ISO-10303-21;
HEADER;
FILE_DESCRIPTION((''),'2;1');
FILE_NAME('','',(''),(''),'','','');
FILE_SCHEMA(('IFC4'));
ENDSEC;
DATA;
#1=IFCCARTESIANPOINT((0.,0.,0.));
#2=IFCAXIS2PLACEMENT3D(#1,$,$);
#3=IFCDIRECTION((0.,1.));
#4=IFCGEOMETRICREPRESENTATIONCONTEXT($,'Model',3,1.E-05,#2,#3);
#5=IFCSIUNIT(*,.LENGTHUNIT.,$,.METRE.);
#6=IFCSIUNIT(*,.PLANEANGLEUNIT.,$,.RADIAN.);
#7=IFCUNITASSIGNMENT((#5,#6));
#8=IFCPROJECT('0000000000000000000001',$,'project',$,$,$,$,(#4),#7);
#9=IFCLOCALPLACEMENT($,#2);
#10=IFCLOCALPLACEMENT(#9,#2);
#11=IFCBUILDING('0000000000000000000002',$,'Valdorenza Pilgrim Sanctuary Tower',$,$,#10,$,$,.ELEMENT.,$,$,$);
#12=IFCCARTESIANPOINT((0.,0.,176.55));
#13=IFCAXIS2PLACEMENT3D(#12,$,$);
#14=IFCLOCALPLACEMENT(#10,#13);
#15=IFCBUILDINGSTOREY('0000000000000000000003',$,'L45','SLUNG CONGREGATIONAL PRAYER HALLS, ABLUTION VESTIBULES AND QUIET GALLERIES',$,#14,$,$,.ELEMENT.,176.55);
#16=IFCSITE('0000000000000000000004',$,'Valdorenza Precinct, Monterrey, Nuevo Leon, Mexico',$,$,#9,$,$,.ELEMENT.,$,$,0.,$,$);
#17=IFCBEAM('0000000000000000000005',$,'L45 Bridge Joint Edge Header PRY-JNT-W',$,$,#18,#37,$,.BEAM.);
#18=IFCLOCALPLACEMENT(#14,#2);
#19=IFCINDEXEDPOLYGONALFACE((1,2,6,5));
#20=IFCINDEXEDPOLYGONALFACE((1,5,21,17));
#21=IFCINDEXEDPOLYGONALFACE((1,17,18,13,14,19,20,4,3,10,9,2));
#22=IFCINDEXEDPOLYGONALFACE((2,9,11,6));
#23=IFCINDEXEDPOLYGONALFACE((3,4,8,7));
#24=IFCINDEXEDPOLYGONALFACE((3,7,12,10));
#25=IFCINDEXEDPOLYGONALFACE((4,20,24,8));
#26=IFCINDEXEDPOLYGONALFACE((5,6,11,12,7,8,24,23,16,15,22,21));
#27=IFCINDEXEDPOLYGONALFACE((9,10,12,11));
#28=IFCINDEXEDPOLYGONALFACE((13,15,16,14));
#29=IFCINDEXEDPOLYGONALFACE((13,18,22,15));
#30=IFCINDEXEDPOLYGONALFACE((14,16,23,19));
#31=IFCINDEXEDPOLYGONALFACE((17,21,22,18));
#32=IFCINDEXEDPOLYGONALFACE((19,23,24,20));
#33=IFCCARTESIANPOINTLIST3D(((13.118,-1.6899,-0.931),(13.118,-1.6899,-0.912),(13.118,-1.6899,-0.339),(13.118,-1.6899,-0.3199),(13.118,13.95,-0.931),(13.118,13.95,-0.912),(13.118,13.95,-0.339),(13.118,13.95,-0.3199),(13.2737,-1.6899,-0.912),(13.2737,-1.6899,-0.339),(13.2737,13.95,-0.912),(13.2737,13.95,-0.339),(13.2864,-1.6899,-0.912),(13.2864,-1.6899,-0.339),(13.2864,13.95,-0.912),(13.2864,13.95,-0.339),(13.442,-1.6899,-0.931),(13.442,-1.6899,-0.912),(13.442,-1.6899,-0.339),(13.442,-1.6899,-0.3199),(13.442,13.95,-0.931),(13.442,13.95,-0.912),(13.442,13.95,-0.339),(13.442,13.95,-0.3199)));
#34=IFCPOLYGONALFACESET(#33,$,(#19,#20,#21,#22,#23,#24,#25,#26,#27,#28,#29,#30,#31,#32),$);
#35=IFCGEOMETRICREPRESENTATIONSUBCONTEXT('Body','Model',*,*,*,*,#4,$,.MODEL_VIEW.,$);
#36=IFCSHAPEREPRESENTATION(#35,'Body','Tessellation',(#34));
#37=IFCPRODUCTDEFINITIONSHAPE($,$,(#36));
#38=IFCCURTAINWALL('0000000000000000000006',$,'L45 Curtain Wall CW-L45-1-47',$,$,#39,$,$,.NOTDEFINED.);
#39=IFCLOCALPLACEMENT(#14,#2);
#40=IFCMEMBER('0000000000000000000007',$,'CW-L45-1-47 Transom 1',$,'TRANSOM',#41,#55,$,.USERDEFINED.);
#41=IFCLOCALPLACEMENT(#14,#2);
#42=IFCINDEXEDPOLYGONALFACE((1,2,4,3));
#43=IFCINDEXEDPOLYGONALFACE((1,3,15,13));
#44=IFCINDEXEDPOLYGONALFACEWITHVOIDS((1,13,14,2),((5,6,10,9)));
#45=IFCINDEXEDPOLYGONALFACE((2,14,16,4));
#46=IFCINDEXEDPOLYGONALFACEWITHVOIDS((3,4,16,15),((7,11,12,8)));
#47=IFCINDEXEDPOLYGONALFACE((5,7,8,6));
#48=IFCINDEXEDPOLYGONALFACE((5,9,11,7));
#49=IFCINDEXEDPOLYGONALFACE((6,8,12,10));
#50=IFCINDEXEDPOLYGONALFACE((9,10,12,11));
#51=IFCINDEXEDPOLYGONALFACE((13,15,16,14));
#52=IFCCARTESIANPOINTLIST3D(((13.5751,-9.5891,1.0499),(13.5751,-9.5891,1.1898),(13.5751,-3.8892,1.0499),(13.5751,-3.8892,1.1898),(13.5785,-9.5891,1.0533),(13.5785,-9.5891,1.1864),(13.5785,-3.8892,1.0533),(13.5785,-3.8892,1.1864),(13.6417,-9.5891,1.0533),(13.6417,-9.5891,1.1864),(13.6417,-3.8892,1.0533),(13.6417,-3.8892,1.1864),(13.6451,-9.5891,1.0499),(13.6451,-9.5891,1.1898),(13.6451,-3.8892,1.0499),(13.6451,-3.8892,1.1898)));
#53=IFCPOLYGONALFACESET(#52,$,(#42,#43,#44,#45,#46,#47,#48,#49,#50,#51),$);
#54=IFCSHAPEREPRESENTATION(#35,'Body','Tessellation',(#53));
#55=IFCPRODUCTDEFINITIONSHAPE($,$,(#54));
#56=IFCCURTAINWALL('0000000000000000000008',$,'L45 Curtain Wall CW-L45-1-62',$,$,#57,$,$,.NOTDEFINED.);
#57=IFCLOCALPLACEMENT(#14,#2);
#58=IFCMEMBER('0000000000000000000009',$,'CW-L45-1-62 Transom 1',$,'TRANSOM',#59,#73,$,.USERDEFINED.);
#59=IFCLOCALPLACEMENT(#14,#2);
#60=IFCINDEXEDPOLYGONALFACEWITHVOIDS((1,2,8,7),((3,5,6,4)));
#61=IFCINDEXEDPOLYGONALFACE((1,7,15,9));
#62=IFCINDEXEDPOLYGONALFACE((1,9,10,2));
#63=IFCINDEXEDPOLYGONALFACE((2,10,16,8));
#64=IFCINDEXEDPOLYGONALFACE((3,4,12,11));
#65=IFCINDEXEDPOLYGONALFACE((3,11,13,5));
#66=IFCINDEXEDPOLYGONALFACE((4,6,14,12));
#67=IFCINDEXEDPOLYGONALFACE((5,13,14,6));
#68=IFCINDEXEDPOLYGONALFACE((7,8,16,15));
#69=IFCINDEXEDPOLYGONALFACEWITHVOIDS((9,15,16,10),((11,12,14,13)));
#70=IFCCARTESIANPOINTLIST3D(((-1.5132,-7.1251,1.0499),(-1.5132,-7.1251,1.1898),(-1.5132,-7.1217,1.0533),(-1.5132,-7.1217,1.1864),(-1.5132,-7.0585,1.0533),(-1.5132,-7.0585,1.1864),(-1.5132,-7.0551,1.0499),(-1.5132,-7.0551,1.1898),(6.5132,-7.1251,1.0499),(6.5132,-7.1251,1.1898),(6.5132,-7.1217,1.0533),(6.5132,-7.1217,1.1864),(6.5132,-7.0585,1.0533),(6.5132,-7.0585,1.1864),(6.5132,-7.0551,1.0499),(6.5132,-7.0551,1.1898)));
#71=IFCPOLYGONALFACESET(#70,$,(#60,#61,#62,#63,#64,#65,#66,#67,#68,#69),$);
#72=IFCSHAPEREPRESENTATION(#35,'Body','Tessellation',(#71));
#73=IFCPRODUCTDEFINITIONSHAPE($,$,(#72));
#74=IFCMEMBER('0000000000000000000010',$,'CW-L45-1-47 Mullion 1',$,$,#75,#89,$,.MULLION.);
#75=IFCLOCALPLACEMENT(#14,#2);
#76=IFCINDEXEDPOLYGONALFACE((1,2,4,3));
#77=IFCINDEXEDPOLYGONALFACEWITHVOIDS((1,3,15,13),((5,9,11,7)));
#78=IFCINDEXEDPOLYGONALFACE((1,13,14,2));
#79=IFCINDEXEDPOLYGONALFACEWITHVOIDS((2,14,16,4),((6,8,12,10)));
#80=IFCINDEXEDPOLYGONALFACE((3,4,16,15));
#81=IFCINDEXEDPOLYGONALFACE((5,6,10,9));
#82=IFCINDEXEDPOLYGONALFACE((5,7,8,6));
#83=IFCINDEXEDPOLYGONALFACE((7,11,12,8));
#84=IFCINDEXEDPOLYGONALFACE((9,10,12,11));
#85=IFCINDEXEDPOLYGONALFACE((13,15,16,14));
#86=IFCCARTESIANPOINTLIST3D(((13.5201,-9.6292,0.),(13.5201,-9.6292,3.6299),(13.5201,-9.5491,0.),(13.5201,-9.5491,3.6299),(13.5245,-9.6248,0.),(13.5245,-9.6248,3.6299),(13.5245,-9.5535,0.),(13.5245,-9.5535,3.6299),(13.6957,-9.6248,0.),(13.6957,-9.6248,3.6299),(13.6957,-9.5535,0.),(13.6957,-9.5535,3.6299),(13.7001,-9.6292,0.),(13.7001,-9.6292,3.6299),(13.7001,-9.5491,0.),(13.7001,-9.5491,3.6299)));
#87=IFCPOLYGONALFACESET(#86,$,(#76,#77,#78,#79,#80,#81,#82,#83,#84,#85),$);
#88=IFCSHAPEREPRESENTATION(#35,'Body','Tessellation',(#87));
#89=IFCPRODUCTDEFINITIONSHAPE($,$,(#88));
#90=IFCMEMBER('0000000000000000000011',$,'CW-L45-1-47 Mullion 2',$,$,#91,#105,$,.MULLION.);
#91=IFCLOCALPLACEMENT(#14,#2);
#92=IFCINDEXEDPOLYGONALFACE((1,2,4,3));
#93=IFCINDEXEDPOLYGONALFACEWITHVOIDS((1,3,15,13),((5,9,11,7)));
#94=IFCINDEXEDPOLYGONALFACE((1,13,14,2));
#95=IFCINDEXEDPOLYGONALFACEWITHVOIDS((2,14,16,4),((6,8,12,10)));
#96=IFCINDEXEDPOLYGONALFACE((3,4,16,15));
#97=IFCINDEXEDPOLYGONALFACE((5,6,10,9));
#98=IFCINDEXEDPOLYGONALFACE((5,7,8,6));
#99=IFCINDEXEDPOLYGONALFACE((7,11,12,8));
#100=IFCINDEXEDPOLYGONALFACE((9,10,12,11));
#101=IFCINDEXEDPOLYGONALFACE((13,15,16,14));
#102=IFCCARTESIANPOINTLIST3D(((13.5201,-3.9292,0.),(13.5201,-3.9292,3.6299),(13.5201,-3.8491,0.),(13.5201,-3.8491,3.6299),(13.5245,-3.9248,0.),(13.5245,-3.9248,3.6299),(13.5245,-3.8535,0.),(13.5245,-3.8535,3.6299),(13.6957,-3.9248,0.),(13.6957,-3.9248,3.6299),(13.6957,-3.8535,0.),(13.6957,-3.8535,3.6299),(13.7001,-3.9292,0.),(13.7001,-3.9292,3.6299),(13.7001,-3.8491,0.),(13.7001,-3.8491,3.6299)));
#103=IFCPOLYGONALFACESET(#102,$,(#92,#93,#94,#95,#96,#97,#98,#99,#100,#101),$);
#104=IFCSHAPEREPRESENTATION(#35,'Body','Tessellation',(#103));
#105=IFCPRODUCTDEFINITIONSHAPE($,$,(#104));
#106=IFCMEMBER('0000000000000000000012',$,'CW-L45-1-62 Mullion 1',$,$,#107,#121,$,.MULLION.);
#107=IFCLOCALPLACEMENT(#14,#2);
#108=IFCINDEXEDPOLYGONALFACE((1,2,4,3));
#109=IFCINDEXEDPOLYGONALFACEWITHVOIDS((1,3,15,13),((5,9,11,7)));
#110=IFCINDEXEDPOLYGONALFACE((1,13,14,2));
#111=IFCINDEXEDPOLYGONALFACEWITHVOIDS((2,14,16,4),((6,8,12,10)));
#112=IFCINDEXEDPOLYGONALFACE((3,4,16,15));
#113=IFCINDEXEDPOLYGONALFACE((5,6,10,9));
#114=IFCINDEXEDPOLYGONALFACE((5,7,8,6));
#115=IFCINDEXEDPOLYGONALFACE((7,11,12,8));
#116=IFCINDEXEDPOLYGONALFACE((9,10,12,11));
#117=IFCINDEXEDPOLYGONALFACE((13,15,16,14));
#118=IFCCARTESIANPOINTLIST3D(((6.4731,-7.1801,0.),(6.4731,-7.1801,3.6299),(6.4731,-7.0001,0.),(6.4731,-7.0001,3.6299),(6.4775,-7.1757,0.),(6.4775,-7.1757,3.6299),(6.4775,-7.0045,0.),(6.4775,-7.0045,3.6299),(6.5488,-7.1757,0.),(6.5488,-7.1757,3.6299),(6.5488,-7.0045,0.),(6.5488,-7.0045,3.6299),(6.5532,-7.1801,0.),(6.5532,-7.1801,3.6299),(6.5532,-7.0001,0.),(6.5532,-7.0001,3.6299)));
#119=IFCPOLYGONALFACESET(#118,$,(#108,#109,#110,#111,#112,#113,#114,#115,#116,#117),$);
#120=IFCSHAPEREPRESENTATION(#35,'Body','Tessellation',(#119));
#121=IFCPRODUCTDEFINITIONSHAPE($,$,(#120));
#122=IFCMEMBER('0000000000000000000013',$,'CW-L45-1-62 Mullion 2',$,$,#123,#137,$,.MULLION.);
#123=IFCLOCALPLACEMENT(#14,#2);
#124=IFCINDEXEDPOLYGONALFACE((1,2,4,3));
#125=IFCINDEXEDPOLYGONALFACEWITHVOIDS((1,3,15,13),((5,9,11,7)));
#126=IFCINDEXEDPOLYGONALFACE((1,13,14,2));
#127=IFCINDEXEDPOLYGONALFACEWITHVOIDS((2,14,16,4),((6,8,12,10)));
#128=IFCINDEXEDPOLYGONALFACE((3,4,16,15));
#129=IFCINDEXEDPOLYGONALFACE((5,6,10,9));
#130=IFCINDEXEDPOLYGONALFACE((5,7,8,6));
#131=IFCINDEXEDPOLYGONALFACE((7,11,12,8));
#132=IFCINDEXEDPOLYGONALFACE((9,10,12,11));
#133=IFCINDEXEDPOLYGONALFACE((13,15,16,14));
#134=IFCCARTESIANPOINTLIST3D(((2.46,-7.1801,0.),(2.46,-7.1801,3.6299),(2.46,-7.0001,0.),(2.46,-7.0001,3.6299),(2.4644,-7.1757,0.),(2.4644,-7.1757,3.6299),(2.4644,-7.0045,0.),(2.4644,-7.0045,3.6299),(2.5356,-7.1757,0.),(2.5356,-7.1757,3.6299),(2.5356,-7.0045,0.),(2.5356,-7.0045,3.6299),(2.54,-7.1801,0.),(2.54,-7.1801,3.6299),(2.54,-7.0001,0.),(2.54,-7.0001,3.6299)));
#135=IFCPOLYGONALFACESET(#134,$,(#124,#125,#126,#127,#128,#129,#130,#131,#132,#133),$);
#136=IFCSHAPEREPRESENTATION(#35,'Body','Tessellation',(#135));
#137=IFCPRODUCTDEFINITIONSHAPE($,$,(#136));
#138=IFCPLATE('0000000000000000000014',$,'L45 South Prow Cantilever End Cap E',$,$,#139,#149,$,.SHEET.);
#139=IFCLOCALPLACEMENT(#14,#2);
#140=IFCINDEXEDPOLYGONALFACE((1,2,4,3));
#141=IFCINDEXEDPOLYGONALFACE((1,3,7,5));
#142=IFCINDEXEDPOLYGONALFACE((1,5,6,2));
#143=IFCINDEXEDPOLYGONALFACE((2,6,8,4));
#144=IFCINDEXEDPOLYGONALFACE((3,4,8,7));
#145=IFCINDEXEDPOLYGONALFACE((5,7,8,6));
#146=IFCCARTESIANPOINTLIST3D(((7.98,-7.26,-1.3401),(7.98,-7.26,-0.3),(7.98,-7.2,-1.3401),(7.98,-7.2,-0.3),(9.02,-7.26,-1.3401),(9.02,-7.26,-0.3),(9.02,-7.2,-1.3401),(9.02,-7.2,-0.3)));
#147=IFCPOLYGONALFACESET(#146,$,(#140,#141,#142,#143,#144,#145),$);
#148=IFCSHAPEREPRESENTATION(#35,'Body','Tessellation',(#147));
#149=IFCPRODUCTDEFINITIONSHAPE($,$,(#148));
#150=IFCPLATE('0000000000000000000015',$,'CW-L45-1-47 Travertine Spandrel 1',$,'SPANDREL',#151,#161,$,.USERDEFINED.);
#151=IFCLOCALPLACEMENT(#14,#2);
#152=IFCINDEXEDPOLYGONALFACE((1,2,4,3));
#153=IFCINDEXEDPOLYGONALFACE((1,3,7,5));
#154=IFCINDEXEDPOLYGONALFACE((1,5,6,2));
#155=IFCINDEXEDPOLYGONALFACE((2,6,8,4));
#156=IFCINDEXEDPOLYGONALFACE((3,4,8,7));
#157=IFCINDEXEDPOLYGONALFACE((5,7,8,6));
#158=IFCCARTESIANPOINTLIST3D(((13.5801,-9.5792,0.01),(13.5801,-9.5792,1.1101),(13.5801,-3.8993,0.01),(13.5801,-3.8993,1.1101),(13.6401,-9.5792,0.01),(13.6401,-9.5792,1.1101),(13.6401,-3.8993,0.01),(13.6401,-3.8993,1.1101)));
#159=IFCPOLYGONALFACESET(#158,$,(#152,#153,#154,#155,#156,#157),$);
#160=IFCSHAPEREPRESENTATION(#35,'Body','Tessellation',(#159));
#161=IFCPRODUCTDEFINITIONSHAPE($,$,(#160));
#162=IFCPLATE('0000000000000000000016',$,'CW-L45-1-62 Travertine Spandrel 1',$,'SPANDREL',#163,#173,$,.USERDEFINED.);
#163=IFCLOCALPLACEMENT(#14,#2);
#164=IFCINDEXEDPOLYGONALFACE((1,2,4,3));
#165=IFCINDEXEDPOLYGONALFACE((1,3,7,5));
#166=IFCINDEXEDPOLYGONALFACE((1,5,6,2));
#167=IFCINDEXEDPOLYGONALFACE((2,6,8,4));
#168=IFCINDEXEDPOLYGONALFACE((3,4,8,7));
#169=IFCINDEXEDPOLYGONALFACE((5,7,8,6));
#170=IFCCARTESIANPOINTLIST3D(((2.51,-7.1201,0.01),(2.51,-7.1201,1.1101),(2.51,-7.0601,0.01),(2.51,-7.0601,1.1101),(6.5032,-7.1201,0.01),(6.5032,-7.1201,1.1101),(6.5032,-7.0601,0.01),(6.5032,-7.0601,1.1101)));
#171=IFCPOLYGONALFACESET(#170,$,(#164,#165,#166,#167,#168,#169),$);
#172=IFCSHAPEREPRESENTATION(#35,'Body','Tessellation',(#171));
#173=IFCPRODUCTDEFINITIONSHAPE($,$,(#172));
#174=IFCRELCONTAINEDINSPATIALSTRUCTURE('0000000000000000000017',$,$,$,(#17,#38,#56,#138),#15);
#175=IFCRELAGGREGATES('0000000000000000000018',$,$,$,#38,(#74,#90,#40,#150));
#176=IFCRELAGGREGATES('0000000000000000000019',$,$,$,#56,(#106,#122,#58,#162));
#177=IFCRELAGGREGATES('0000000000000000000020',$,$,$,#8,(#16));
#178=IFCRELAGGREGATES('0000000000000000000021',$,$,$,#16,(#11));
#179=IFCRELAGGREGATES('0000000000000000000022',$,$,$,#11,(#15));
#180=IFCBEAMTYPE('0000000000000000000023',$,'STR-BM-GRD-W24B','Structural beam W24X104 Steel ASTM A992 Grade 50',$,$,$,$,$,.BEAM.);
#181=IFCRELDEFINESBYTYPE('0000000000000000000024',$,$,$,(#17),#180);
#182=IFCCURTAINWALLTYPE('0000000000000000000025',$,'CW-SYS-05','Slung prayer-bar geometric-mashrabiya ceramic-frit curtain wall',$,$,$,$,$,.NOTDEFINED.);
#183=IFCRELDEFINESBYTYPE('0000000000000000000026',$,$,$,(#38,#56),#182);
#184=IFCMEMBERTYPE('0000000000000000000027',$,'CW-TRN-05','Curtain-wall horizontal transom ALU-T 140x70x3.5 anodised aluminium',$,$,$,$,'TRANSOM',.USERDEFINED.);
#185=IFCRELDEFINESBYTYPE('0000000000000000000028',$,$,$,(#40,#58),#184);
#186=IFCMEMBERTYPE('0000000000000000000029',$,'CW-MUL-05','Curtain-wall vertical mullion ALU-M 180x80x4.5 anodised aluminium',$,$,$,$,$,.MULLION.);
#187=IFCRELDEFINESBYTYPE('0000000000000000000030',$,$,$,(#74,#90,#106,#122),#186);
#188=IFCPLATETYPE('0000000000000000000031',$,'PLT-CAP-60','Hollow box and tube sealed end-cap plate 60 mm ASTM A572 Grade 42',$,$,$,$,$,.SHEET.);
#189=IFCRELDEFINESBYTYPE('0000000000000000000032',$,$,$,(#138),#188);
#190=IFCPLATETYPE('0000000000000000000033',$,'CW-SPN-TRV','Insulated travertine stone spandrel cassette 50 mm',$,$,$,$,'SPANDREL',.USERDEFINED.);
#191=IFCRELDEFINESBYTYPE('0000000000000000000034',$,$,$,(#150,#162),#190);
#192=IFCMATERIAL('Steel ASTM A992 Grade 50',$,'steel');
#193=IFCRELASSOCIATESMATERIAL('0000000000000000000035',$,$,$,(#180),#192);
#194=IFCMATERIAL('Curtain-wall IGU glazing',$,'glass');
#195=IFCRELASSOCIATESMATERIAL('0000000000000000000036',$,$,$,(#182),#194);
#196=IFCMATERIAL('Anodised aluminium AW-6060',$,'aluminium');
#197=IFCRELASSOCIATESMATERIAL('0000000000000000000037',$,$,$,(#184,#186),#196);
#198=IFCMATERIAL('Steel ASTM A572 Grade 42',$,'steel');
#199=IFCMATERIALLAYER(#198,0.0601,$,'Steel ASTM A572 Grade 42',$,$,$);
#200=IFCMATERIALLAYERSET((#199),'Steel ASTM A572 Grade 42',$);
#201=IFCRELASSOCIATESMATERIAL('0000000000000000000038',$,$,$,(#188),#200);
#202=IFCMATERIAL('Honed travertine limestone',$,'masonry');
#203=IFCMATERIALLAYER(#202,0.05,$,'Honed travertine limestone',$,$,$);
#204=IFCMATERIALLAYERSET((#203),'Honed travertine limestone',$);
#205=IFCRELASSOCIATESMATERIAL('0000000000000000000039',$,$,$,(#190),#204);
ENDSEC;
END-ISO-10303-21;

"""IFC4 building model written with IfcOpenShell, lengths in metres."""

from ifc_helpers import new_model, si_unit, direction, frame, origin, origin_2d, place, context, subcontext, project, spatial, rectangle, hollow_rectangle, i_section, extrude, source, transform, mapped, material, layer, layer_set, material_profile, profile_set, type_object, element, aggregate, save


model = new_model("IFC4")

# Units and contexts
model_context = context("Model", 3, precision=1e-05, world=origin(), true_north=direction((0.0, 1.0)))
body_context = subcontext(model_context, "Body", "Model", "MODEL_VIEW")
ifc_project = project(units=[si_unit("LENGTHUNIT", "METRE"), si_unit("PLANEANGLEUNIT", "RADIAN")], contexts=[model_context])

# Site, building, storey
site_placement = place(None, origin())
site = spatial("IfcSite", under=ifc_project, at=site_placement, Name="Valdorenza Precinct, Monterrey, Nuevo Leon, Mexico", CompositionType="ELEMENT", RefElevation=0.0)
building_placement = place(site_placement, origin())
building = spatial("IfcBuilding", under=site, at=building_placement, Name="Valdorenza Pilgrim Sanctuary Tower", CompositionType="ELEMENT")
storey_placement = place(building_placement, frame((0.0, 0.0, 176.55)))
storey = spatial("IfcBuildingStorey", under=building, at=storey_placement, Name="L45", Description="SLUNG CONGREGATIONAL PRAYER HALLS, ABLUTION VESTIBULES AND QUIET GALLERIES", CompositionType="ELEMENT", Elevation=176.55)

# Beam
ifc_material_1 = material(Name="Steel ASTM A992 Grade 50", Category="steel")
ifc_material_profile_1 = material_profile(ifc_material_1, i_section(OverallWidth=0.324, OverallDepth=0.6111, WebThickness=0.0127, FlangeThickness=0.019, at=origin_2d()), Name="W24X104")
ifc_profile_set_1 = profile_set([ifc_material_profile_1], Name="Steel ASTM A992 Grade 50")
beam_type = type_object("IfcBeamType", Name="STR-BM-GRD-W24B", Description="Structural beam W24X104 Steel ASTM A992 Grade 50", PredefinedType="BEAM", material=ifc_profile_set_1)
shared_shape_1 = source(origin(), body_context, "Body", "SweptSolid", [
    extrude(i_section(OverallWidth=0.324, OverallDepth=0.6111, WebThickness=0.0127, FlangeThickness=0.019, at=origin_2d()), origin(), (0.0, 0.0, 1.0), 15.6399),
])
beam_placement = place(storey_placement, frame((13.28, -1.6899, -0.6255), z_axis=(0.0, 1.0, 0.0), x_axis=(-1.0, 0.0, 0.0)))
element("IfcBeam", 1, at=beam_placement, inside=storey, type_object=beam_type, Name="L45 Bridge Joint Edge Header PRY-JNT-W", PredefinedType="BEAM", context=body_context, shape_type="MappedRepresentation", body=[
    mapped(shared_shape_1, transform((0.0, 0.0, 0.0), x_axis=(1.0, 0.0, 0.0), y_axis=(0.0, 1.0, 0.0), z_axis=(0.0, 0.0, 1.0), scale=1.0)),
])

# Curtain walls, members
ifc_material_2 = material(Name="Curtain-wall IGU glazing", Category="glass")
curtain_wall_type = type_object("IfcCurtainWallType", Name="CW-SYS-05", Description="Slung prayer-bar geometric-mashrabiya ceramic-frit curtain wall", PredefinedType="NOTDEFINED", material=ifc_material_2)
curtain_wall_1_placement = place(storey_placement, origin())
curtain_wall_1 = element("IfcCurtainWall", 2, at=curtain_wall_1_placement, inside=storey, type_object=curtain_wall_type, Name="L45 Curtain Wall CW-L45-1-47", PredefinedType="NOTDEFINED")
ifc_material_3 = material(Name="Anodised aluminium AW-6060", Category="aluminium")
ifc_material_profile_2 = material_profile(ifc_material_3, hollow_rectangle(XDim=0.0701, YDim=0.1399, WallThickness=0.0034, at=origin_2d()), Name="ALU-T 140x70x3.5")
ifc_profile_set_2 = profile_set([ifc_material_profile_2], Name="Anodised aluminium AW-6060")
member_type_1 = type_object("IfcMemberType", Name="CW-TRN-05", Description="Curtain-wall horizontal transom ALU-T 140x70x3.5 anodised aluminium", ElementType="TRANSOM", PredefinedType="USERDEFINED", material=ifc_profile_set_2)
shared_shape_2 = source(origin(), body_context, "Body", "SweptSolid", [
    extrude(hollow_rectangle(XDim=0.0701, YDim=0.1399, WallThickness=0.0034, at=origin_2d()), origin(), (0.0, 0.0, 1.0), 5.7),
])
member_1_placement = place(storey_placement, frame((13.6101, -9.5891, 1.1199), z_axis=(0.0, 1.0, 0.0), x_axis=(-1.0, 0.0, 0.0)))
member_1 = element("IfcMember", 3, at=member_1_placement, type_object=member_type_1, Name="CW-L45-1-47 Transom 1", ObjectType="TRANSOM", PredefinedType="USERDEFINED", context=body_context, shape_type="MappedRepresentation", body=[
    mapped(shared_shape_2, transform((0.0, 0.0, 0.0), x_axis=(1.0, 0.0, 0.0), y_axis=(0.0, 1.0, 0.0), z_axis=(0.0, 0.0, 1.0), scale=1.0)),
])
curtain_wall_2_placement = place(storey_placement, origin())
curtain_wall_2 = element("IfcCurtainWall", 4, at=curtain_wall_2_placement, inside=storey, type_object=curtain_wall_type, Name="L45 Curtain Wall CW-L45-1-62", PredefinedType="NOTDEFINED")
shared_shape_3 = source(origin(), body_context, "Body", "SweptSolid", [
    extrude(hollow_rectangle(XDim=0.0701, YDim=0.1399, WallThickness=0.0034, at=origin_2d()), origin(), (0.0, 0.0, 1.0), 8.0264),
])
member_2_placement = place(storey_placement, frame((6.5132, -7.0901, 1.1199), z_axis=(-1.0, 0.0, 0.0), x_axis=(0.0, -1.0, 0.0)))
member_2 = element("IfcMember", 5, at=member_2_placement, type_object=member_type_1, Name="CW-L45-1-62 Transom 1", ObjectType="TRANSOM", PredefinedType="USERDEFINED", context=body_context, shape_type="MappedRepresentation", body=[
    mapped(shared_shape_3, transform((0.0, 0.0, 0.0), x_axis=(1.0, 0.0, 0.0), y_axis=(0.0, 1.0, 0.0), z_axis=(0.0, 0.0, 1.0), scale=1.0)),
])

# Members
ifc_material_profile_3 = material_profile(ifc_material_3, hollow_rectangle(XDim=0.0801, YDim=0.1799, WallThickness=0.0044, at=origin_2d()), Name="ALU-M 180x80x4.5")
ifc_profile_set_3 = profile_set([ifc_material_profile_3], Name="Anodised aluminium AW-6060")
member_type_2 = type_object("IfcMemberType", Name="CW-MUL-05", Description="Curtain-wall vertical mullion ALU-M 180x80x4.5 anodised aluminium", PredefinedType="MULLION", material=ifc_profile_set_3)
shared_shape_4 = source(origin(), body_context, "Body", "SweptSolid", [
    extrude(hollow_rectangle(XDim=0.0801, YDim=0.1799, WallThickness=0.0044, at=origin_2d()), origin(), (0.0, 0.0, 1.0), 3.6299),
])
member_3_placement = place(storey_placement, frame((13.6101, -9.5891, 0.0), z_axis=(0.0, 0.0, 1.0), x_axis=(0.0, 1.0, 0.0)))
member_3 = element("IfcMember", 6, at=member_3_placement, type_object=member_type_2, Name="CW-L45-1-47 Mullion 1", PredefinedType="MULLION", context=body_context, shape_type="MappedRepresentation", body=[
    mapped(shared_shape_4, transform((0.0, 0.0, 0.0), x_axis=(1.0, 0.0, 0.0), y_axis=(0.0, 1.0, 0.0), z_axis=(0.0, 0.0, 1.0), scale=1.0)),
])
member_4_placement = place(storey_placement, frame((13.6101, -3.8892, 0.0), z_axis=(0.0, 0.0, 1.0), x_axis=(0.0, 1.0, 0.0)))
member_4 = element("IfcMember", 7, at=member_4_placement, type_object=member_type_2, Name="CW-L45-1-47 Mullion 2", PredefinedType="MULLION", context=body_context, shape_type="MappedRepresentation", body=[
    mapped(shared_shape_4, transform((0.0, 0.0, 0.0), x_axis=(1.0, 0.0, 0.0), y_axis=(0.0, 1.0, 0.0), z_axis=(0.0, 0.0, 1.0), scale=1.0)),
])
member_5_placement = place(storey_placement, frame((6.5132, -7.0901, 0.0), z_axis=(0.0, 0.0, 1.0), x_axis=(-1.0, 0.0, 0.0)))
member_5 = element("IfcMember", 8, at=member_5_placement, type_object=member_type_2, Name="CW-L45-1-62 Mullion 1", PredefinedType="MULLION", context=body_context, shape_type="MappedRepresentation", body=[
    mapped(shared_shape_4, transform((0.0, 0.0, 0.0), x_axis=(1.0, 0.0, 0.0), y_axis=(0.0, 1.0, 0.0), z_axis=(0.0, 0.0, 1.0), scale=1.0)),
])
member_6_placement = place(storey_placement, frame((2.5, -7.0901, 0.0), z_axis=(0.0, 0.0, 1.0), x_axis=(-1.0, 0.0, 0.0)))
member_6 = element("IfcMember", 9, at=member_6_placement, type_object=member_type_2, Name="CW-L45-1-62 Mullion 2", PredefinedType="MULLION", context=body_context, shape_type="MappedRepresentation", body=[
    mapped(shared_shape_4, transform((0.0, 0.0, 0.0), x_axis=(1.0, 0.0, 0.0), y_axis=(0.0, 1.0, 0.0), z_axis=(0.0, 0.0, 1.0), scale=1.0)),
])

# Plates
ifc_material_4 = material(Name="Steel ASTM A572 Grade 42", Category="steel")
ifc_layer_1 = layer(ifc_material_4, 0.0601, Name="Steel ASTM A572 Grade 42")
ifc_layer_set_1 = layer_set([ifc_layer_1], Name="Steel ASTM A572 Grade 42")
plate_type_1 = type_object("IfcPlateType", Name="PLT-CAP-60", Description="Hollow box and tube sealed end-cap plate 60 mm ASTM A572 Grade 42", PredefinedType="SHEET", material=ifc_layer_set_1)
shared_shape_5 = source(origin(), body_context, "Body", "SweptSolid", [
    extrude(rectangle(XDim=1.04, YDim=0.0601, at=origin_2d()), origin(), (0.0, 0.0, 1.0), 1.04),
])
plate_1_placement = place(storey_placement, frame((8.5, -7.23, -1.3401), z_axis=(0.0, 0.0, 1.0), x_axis=(1.0, 0.0, 0.0)))
element("IfcPlate", 10, at=plate_1_placement, inside=storey, type_object=plate_type_1, Name="L45 South Prow Cantilever End Cap E", PredefinedType="SHEET", context=body_context, shape_type="MappedRepresentation", body=[
    mapped(shared_shape_5, transform((0.0, 0.0, 0.0), x_axis=(1.0, 0.0, 0.0), y_axis=(0.0, 1.0, 0.0), z_axis=(0.0, 0.0, 1.0), scale=1.0)),
])
ifc_material_5 = material(Name="Honed travertine limestone", Category="masonry")
ifc_layer_2 = layer(ifc_material_5, 0.05, Name="Honed travertine limestone")
ifc_layer_set_2 = layer_set([ifc_layer_2], Name="Honed travertine limestone")
plate_type_2 = type_object("IfcPlateType", Name="CW-SPN-TRV", Description="Insulated travertine stone spandrel cassette 50 mm", ElementType="SPANDREL", PredefinedType="USERDEFINED", material=ifc_layer_set_2)
shared_shape_6 = source(origin(), body_context, "Body", "SweptSolid", [
    extrude(rectangle(XDim=5.6799, YDim=0.0601, at=origin_2d()), origin(), (0.0, 0.0, 1.0), 1.1001),
])
plate_2_placement = place(storey_placement, frame((13.6101, -6.7393, 0.01), z_axis=(0.0, 0.0, 1.0), x_axis=(0.0, 1.0, 0.0)))
plate_2 = element("IfcPlate", 11, at=plate_2_placement, type_object=plate_type_2, Name="CW-L45-1-47 Travertine Spandrel 1", ObjectType="SPANDREL", PredefinedType="USERDEFINED", context=body_context, shape_type="MappedRepresentation", body=[
    mapped(shared_shape_6, transform((0.0, 0.0, 0.0), x_axis=(1.0, 0.0, 0.0), y_axis=(0.0, 1.0, 0.0), z_axis=(0.0, 0.0, 1.0), scale=1.0)),
])
shared_shape_7 = source(origin(), body_context, "Body", "SweptSolid", [
    extrude(rectangle(XDim=3.9932, YDim=0.0601, at=origin_2d()), origin(), (0.0, 0.0, 1.0), 1.1001),
])
plate_3_placement = place(storey_placement, frame((4.5066, -7.0901, 0.01), z_axis=(0.0, 0.0, 1.0), x_axis=(-1.0, 0.0, 0.0)))
plate_3 = element("IfcPlate", 12, at=plate_3_placement, type_object=plate_type_2, Name="CW-L45-1-62 Travertine Spandrel 1", ObjectType="SPANDREL", PredefinedType="USERDEFINED", context=body_context, shape_type="MappedRepresentation", body=[
    mapped(shared_shape_7, transform((0.0, 0.0, 0.0), x_axis=(1.0, 0.0, 0.0), y_axis=(0.0, 1.0, 0.0), z_axis=(0.0, 0.0, 1.0), scale=1.0)),
])
aggregate(curtain_wall_1, [member_3, member_4, member_1, plate_2])
aggregate(curtain_wall_2, [member_5, member_6, member_2, plate_3])

save(model, "model.ifc")
